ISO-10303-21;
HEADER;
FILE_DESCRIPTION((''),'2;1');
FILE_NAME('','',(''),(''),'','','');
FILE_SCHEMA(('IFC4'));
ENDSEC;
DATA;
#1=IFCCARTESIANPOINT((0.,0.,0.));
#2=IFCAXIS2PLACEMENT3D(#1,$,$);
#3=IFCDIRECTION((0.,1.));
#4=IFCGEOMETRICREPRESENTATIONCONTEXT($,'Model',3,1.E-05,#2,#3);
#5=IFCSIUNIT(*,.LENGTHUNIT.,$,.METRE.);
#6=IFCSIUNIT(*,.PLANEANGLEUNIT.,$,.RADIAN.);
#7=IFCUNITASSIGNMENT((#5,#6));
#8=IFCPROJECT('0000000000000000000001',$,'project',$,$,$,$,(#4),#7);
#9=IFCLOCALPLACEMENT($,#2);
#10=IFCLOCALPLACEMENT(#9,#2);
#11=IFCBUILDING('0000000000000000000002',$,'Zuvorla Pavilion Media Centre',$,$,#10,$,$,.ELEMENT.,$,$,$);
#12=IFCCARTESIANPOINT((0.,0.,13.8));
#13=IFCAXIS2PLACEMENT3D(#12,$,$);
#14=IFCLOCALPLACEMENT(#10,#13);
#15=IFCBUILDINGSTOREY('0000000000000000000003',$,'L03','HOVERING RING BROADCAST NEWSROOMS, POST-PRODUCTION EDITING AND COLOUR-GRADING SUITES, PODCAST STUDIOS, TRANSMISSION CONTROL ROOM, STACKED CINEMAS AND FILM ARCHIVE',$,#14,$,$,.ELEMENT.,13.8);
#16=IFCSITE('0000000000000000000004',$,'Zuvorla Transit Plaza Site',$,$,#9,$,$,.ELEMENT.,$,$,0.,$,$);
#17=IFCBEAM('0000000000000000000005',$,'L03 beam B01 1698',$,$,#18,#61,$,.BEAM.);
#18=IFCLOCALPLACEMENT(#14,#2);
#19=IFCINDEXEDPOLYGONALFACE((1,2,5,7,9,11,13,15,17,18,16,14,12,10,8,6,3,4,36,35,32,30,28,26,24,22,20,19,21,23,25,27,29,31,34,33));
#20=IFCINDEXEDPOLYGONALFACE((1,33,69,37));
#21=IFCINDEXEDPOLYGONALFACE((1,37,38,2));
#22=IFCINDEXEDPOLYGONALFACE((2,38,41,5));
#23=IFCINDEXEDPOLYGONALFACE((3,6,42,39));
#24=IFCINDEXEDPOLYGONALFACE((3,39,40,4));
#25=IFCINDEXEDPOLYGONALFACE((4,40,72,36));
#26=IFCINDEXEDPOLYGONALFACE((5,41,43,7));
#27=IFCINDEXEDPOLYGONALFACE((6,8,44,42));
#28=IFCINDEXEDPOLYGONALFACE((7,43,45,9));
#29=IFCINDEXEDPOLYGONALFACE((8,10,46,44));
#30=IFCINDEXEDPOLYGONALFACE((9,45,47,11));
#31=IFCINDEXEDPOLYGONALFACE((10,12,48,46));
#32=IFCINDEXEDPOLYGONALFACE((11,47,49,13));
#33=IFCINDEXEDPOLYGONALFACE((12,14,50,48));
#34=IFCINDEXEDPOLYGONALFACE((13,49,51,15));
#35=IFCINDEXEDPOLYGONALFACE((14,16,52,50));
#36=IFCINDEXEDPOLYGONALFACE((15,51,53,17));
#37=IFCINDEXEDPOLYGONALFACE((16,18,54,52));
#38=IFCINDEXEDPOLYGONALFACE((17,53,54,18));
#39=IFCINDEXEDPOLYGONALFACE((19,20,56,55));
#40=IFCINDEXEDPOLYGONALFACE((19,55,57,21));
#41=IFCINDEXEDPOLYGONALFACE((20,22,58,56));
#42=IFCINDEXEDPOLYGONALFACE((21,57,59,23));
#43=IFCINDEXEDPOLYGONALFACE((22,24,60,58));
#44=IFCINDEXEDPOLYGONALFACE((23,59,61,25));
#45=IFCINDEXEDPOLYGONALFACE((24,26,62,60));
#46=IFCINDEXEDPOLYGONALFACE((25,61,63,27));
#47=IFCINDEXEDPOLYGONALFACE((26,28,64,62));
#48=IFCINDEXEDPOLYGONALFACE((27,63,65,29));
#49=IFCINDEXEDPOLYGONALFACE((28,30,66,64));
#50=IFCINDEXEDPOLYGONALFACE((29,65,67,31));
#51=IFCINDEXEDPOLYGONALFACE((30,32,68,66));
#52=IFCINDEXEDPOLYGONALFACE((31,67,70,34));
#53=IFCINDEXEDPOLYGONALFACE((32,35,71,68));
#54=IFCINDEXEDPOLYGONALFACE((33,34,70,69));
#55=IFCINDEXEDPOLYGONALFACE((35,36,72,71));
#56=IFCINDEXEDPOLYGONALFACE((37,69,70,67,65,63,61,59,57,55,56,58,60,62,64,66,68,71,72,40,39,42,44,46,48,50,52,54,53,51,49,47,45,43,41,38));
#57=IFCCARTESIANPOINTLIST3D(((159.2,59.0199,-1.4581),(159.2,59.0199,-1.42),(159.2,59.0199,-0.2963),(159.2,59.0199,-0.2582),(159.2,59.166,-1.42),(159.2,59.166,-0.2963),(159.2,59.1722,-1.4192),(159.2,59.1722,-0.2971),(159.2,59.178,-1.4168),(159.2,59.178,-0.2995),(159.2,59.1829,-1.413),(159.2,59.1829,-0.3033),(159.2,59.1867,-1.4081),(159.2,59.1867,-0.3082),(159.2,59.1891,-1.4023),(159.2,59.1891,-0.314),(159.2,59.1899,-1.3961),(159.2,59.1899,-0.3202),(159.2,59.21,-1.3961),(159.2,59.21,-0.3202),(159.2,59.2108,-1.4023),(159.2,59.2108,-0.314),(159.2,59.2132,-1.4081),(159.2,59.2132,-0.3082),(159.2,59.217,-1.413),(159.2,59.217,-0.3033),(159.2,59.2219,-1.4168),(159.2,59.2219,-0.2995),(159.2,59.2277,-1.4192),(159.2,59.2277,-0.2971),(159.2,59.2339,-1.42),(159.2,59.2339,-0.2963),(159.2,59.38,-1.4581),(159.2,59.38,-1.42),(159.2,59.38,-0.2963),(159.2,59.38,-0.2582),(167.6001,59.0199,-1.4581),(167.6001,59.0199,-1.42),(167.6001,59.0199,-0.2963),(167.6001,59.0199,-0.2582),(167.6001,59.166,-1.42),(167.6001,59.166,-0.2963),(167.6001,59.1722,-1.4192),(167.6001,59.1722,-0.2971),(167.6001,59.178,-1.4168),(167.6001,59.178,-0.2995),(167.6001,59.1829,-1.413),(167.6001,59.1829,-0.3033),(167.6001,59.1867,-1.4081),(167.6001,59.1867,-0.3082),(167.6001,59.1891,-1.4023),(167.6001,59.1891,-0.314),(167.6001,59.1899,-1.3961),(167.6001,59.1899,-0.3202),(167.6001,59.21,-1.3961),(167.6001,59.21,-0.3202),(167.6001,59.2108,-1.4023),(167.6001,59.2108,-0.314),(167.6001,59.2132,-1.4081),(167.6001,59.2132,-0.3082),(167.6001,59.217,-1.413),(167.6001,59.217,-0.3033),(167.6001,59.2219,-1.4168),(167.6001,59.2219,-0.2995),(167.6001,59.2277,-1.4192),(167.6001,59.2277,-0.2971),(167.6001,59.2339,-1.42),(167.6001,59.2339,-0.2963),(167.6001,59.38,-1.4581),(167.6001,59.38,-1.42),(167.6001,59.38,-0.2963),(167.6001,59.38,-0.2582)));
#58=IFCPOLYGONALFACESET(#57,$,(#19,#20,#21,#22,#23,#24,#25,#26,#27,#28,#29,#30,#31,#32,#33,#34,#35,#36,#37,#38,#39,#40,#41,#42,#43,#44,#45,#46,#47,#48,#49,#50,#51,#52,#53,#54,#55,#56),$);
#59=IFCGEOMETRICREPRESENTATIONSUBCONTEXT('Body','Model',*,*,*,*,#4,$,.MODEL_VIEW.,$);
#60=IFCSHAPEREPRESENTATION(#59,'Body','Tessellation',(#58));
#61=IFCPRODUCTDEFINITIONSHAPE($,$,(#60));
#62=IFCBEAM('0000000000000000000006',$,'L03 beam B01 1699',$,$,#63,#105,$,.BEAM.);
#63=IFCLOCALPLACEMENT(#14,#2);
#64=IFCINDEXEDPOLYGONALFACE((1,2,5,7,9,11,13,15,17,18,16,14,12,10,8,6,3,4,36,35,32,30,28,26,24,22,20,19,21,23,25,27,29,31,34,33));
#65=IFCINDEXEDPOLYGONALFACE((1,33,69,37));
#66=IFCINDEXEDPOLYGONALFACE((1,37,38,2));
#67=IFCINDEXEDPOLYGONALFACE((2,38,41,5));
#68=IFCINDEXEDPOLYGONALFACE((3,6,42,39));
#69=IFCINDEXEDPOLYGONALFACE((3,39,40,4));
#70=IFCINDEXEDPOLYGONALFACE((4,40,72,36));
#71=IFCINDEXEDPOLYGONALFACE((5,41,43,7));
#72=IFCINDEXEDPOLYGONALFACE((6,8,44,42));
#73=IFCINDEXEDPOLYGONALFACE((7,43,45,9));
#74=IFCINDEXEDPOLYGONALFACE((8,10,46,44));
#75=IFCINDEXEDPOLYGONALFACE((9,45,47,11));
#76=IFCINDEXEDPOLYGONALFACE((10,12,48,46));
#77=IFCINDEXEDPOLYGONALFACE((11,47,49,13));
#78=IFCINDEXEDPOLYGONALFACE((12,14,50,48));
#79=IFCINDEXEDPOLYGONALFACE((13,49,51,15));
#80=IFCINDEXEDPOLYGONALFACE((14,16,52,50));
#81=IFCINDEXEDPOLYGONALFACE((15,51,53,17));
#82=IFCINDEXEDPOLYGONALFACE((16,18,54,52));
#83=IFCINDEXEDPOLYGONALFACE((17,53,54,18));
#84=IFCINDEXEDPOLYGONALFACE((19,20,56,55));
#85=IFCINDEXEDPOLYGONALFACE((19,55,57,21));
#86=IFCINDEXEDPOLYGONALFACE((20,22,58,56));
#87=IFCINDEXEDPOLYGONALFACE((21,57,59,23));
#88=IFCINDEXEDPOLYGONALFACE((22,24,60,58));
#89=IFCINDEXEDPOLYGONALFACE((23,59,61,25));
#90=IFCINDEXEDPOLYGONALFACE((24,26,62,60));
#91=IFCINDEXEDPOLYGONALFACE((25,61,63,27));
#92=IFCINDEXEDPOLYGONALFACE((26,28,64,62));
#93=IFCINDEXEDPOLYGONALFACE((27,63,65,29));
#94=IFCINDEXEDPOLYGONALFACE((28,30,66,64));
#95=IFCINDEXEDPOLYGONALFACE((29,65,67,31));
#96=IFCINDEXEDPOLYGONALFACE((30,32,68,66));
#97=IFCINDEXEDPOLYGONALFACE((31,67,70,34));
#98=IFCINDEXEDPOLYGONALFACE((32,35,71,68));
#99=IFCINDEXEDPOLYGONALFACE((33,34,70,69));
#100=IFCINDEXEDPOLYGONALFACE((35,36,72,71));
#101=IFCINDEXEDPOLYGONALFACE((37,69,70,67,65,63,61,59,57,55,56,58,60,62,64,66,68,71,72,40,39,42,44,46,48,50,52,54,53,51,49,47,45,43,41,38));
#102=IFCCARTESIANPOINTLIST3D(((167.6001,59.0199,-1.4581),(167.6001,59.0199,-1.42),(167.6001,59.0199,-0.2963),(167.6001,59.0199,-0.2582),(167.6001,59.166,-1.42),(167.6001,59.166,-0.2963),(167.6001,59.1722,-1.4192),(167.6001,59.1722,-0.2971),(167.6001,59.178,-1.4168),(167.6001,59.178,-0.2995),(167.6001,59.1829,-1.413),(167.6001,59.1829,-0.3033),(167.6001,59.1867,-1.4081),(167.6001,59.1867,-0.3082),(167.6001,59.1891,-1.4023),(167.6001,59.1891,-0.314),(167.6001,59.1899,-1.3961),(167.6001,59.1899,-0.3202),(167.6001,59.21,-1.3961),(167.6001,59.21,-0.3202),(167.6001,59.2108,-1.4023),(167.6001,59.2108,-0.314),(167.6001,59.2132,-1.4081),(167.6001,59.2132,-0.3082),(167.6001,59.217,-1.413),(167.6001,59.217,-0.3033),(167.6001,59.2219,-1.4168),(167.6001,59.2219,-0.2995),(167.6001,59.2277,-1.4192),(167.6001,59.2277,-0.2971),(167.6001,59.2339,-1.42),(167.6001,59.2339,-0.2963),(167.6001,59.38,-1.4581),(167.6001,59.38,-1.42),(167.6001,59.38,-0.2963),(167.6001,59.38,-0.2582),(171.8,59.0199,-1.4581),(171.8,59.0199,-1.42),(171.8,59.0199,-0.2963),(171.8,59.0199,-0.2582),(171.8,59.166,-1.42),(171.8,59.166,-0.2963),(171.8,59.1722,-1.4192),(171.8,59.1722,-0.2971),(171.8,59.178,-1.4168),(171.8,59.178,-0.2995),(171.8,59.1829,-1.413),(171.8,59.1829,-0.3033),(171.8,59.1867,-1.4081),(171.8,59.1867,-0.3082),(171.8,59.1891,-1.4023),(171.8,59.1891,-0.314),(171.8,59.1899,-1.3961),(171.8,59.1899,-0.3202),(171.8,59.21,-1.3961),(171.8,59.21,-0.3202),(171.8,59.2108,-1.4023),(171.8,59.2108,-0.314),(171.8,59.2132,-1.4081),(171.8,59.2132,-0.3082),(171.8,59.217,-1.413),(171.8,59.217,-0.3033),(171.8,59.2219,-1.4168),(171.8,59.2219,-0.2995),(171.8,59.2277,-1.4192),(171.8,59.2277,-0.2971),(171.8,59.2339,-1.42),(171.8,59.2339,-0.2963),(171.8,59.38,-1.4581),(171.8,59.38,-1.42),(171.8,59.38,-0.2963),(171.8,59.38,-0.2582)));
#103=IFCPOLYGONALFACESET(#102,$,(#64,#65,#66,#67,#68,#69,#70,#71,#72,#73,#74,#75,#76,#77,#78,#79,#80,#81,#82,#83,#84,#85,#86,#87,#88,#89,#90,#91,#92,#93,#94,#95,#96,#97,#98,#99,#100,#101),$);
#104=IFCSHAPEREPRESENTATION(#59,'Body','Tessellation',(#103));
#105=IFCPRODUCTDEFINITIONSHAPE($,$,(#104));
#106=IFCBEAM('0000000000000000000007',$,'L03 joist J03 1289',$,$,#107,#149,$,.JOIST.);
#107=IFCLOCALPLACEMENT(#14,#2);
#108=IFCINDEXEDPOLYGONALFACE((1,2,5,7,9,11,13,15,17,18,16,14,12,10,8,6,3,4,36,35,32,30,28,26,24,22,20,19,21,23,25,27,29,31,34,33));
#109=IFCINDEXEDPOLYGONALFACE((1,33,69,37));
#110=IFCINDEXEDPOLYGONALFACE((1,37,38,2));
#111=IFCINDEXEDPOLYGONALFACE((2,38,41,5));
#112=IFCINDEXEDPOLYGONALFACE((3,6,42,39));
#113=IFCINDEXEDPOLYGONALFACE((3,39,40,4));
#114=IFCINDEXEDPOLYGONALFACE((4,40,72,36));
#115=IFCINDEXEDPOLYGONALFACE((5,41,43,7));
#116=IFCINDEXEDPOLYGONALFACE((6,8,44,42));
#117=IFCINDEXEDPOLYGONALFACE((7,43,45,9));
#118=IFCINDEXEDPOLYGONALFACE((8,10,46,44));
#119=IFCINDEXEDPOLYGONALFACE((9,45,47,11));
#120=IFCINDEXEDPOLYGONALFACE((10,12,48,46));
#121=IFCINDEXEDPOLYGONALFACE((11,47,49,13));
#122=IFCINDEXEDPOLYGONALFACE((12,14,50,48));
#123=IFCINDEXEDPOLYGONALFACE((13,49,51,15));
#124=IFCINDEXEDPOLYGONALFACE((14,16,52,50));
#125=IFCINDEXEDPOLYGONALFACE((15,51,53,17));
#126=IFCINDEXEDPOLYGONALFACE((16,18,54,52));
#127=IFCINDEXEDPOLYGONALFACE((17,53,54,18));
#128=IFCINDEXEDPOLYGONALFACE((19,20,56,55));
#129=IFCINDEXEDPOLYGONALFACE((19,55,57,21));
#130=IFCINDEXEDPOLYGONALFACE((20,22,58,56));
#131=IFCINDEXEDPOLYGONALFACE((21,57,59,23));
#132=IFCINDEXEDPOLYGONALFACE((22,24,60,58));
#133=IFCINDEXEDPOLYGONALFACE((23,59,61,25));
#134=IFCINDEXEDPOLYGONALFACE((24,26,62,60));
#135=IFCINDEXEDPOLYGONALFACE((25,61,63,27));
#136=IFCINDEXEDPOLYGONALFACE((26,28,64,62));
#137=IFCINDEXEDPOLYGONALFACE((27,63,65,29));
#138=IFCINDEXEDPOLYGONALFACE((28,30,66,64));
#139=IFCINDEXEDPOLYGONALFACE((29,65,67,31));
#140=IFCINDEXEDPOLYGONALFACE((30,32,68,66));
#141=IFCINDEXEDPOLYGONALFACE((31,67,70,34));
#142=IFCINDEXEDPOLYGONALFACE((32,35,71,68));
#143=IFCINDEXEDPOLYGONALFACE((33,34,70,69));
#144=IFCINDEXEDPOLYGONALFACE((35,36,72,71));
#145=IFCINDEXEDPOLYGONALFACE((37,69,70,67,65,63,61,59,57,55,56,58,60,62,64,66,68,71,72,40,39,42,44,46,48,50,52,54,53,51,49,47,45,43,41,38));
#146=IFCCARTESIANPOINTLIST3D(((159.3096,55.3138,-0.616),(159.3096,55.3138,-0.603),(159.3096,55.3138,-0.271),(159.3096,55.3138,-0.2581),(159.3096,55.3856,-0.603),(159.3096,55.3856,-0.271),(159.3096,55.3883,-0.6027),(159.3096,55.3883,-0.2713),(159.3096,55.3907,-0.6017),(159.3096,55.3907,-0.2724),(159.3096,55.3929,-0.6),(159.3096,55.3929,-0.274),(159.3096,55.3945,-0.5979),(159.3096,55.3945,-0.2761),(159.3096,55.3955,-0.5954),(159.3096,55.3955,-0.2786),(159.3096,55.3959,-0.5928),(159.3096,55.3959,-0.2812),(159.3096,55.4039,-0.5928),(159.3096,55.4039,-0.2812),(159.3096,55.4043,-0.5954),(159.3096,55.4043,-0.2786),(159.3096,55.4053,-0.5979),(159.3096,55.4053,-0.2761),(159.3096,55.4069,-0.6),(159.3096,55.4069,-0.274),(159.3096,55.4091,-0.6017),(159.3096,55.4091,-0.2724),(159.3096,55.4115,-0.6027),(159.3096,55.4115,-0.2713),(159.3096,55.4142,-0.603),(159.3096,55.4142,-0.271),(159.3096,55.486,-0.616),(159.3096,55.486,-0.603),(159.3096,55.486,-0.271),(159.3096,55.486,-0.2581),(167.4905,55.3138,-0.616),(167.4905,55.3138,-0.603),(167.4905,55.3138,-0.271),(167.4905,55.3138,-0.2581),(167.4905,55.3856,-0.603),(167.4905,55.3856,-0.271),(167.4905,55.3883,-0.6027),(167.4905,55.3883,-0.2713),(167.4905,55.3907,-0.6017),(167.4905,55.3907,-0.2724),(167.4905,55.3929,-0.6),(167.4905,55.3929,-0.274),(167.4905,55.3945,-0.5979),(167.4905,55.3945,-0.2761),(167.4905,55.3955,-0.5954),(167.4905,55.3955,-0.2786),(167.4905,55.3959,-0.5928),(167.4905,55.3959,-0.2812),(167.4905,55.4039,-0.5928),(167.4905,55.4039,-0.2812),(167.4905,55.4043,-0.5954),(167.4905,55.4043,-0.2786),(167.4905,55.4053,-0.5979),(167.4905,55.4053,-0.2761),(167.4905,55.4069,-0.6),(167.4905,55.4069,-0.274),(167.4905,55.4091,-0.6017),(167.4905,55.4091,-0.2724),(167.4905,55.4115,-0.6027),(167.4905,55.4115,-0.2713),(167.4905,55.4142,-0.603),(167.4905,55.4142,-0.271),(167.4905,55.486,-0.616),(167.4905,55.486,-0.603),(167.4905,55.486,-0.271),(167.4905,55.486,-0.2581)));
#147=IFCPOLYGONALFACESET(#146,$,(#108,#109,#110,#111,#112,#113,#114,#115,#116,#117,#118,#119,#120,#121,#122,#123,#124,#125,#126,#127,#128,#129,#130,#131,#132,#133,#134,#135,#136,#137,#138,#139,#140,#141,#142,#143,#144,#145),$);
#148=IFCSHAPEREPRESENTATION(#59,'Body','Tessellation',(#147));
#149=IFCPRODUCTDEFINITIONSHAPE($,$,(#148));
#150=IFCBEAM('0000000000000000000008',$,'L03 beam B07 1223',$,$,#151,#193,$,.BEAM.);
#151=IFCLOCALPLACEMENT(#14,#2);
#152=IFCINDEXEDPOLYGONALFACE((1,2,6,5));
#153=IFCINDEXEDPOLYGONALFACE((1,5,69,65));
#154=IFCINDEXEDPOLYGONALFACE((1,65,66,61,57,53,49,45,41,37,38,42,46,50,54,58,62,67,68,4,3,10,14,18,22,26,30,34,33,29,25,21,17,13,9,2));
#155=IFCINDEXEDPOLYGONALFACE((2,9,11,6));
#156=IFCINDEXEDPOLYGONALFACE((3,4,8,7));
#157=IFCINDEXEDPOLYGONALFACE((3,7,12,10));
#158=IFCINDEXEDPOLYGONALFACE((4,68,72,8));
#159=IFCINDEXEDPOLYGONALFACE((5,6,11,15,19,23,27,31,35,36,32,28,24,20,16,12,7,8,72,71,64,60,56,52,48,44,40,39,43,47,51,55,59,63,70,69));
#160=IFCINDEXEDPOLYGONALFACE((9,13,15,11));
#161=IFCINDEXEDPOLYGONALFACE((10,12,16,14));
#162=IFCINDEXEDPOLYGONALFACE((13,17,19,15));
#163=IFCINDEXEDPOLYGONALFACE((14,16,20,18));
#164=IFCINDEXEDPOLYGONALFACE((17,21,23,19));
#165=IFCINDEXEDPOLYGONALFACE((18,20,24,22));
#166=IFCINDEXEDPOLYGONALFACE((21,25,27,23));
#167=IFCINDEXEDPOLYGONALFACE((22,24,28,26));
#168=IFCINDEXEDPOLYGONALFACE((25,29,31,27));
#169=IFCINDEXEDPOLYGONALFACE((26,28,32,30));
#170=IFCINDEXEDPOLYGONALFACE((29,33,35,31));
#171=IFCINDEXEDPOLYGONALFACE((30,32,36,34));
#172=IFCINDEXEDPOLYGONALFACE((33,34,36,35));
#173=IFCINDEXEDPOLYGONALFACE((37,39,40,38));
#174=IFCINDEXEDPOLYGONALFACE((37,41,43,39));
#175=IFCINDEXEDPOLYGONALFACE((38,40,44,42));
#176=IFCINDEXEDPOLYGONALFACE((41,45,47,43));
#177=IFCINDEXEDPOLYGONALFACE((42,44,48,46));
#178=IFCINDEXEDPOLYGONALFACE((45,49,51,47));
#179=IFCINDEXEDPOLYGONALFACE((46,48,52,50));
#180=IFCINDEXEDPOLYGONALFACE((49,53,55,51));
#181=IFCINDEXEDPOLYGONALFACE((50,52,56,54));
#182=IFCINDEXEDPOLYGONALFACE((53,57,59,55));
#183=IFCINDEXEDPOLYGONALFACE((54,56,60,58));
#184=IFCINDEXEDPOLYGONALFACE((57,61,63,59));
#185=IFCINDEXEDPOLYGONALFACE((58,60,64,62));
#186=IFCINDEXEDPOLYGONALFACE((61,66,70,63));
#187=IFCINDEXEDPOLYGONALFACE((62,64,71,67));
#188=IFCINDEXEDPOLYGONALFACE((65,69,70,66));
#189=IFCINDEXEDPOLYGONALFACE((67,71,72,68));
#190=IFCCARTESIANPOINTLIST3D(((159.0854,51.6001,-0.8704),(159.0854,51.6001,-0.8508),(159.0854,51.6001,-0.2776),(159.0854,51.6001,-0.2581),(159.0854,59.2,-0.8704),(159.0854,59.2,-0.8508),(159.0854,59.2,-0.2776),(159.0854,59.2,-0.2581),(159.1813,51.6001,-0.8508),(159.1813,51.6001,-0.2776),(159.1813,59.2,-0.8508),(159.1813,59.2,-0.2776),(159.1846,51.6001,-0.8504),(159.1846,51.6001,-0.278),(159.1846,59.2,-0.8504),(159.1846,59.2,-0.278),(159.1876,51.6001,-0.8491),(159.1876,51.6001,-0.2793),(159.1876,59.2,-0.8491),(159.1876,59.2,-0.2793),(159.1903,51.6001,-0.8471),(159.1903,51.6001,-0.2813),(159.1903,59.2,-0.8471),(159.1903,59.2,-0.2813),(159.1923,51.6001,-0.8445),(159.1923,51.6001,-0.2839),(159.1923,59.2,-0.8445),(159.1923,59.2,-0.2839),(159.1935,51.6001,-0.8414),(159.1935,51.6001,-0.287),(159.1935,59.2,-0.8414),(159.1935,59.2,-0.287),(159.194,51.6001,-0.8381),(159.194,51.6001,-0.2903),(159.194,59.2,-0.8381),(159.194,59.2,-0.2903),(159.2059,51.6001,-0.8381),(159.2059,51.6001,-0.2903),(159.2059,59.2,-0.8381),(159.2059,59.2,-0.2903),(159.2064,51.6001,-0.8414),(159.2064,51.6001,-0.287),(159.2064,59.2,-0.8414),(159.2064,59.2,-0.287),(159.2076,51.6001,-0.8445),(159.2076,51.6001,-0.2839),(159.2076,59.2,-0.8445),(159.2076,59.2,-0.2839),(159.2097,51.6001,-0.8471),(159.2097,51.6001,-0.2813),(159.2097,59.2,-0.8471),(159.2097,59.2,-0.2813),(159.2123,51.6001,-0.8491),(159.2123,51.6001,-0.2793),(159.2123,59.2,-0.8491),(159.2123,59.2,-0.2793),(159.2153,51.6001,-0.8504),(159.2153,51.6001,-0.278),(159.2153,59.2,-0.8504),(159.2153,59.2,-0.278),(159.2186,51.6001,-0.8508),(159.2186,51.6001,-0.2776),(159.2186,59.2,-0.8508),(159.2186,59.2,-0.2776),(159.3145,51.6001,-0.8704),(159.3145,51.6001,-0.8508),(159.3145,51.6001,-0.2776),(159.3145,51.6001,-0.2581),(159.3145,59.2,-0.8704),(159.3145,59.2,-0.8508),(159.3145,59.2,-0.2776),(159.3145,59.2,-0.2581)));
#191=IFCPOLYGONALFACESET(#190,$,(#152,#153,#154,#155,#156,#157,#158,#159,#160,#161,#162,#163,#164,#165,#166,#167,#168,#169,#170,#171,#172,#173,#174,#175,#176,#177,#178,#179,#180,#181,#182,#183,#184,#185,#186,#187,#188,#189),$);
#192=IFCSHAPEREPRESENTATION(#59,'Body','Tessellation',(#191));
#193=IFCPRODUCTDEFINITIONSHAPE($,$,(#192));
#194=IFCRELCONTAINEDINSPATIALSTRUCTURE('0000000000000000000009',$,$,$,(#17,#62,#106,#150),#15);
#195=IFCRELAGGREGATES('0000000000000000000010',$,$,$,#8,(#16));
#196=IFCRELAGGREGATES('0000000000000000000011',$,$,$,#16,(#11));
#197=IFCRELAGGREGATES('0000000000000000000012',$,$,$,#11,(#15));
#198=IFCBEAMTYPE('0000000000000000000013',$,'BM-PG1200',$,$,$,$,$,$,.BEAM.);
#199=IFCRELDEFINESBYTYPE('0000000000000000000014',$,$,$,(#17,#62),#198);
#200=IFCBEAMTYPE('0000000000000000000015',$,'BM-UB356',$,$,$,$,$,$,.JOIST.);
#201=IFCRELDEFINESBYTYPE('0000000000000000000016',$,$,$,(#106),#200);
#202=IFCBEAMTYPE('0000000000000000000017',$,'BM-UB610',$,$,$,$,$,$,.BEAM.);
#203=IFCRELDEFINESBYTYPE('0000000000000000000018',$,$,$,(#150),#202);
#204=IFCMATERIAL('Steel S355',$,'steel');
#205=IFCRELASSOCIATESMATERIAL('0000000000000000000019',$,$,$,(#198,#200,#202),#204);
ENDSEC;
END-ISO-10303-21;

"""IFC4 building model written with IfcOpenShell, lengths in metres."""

from ifc_helpers import new_model, si_unit, direction, frame, origin, origin_2d, place, context, subcontext, project, spatial, i_section, extrude, material, material_profile, profile_set, type_object, element, save


model = new_model("IFC4")

# Units and contexts
model_context = context("Model", 3, precision=1e-05, world=origin(), true_north=direction((0.0, 1.0)))
body_context = subcontext(model_context, "Body", "Model", "MODEL_VIEW")
ifc_project = project(units=[si_unit("LENGTHUNIT", "METRE"), si_unit("PLANEANGLEUNIT", "RADIAN")], contexts=[model_context])

# Site, building, storey
site_placement = place(None, origin())
site = spatial("IfcSite", under=ifc_project, at=site_placement, Name="Zuvorla Transit Plaza Site", CompositionType="ELEMENT", RefElevation=0.0)
building_placement = place(site_placement, origin())
building = spatial("IfcBuilding", under=site, at=building_placement, Name="Zuvorla Pavilion Media Centre", CompositionType="ELEMENT")
storey_placement = place(building_placement, frame((0.0, 0.0, 13.8)))
storey = spatial("IfcBuildingStorey", under=building, at=storey_placement, Name="L03", Description="HOVERING RING BROADCAST NEWSROOMS, POST-PRODUCTION EDITING AND COLOUR-GRADING SUITES, PODCAST STUDIOS, TRANSMISSION CONTROL ROOM, STACKED CINEMAS AND FILM ARCHIVE", CompositionType="ELEMENT", Elevation=13.8)

# Shared definitions
ifc_material_1 = material(Name="Steel S355", Category="steel")

# Beams
ifc_material_profile_1 = material_profile(ifc_material_1, i_section(OverallWidth=0.3601, OverallDepth=1.2, WebThickness=0.02, FlangeThickness=0.0381, FilletRadius=0.0239, at=origin_2d()), Name="PG 1200x360x38")
ifc_profile_set_1 = profile_set([ifc_material_profile_1], Name="Steel S355")
beam_type_1 = type_object("IfcBeamType", Name="BM-PG1200", PredefinedType="BEAM", material=ifc_profile_set_1)
beam_1_placement = place(storey_placement, frame((159.2, 59.2, -0.8582), z_axis=(1.0, 0.0, 0.0), x_axis=(0.0, 1.0, 0.0)))
element("IfcBeam", 1, at=beam_1_placement, inside=storey, type_object=beam_type_1, Name="L03 beam B01 1698", PredefinedType="BEAM", context=body_context, shape_type="SweptSolid", body=[
    extrude(i_section(OverallWidth=0.3601, OverallDepth=1.2, WebThickness=0.02, FlangeThickness=0.0381, FilletRadius=0.0239, at=origin_2d()), origin(), (0.0, 0.0, 1.0), 8.4001),
])
beam_2_placement = place(storey_placement, frame((167.6001, 59.2, -0.8582), z_axis=(1.0, 0.0, 0.0), x_axis=(0.0, 1.0, 0.0)))
element("IfcBeam", 2, at=beam_2_placement, inside=storey, type_object=beam_type_1, Name="L03 beam B01 1699", PredefinedType="BEAM", context=body_context, shape_type="SweptSolid", body=[
    extrude(i_section(OverallWidth=0.3601, OverallDepth=1.2, WebThickness=0.02, FlangeThickness=0.0381, FilletRadius=0.0239, at=origin_2d()), origin(), (0.0, 0.0, 1.0), 4.2),
])
ifc_material_profile_2 = material_profile(ifc_material_1, i_section(OverallWidth=0.1721, OverallDepth=0.3579, WebThickness=0.0081, FlangeThickness=0.0129, FilletRadius=0.0103, at=origin_2d()), Name="UB 356x171x57")
ifc_profile_set_2 = profile_set([ifc_material_profile_2], Name="Steel S355")
beam_type_2 = type_object("IfcBeamType", Name="BM-UB356", PredefinedType="JOIST", material=ifc_profile_set_2)
beam_3_placement = place(storey_placement, frame((159.3096, 55.3999, -0.437), z_axis=(1.0, 0.0, 0.0), x_axis=(0.0, 1.0, 0.0)))
element("IfcBeam", 3, at=beam_3_placement, inside=storey, type_object=beam_type_2, Name="L03 joist J03 1289", PredefinedType="JOIST", context=body_context, shape_type="SweptSolid", body=[
    extrude(i_section(OverallWidth=0.1721, OverallDepth=0.3579, WebThickness=0.0081, FlangeThickness=0.0129, FilletRadius=0.0103, at=origin_2d()), origin(), (0.0, 0.0, 1.0), 8.1809),
])
ifc_material_profile_3 = material_profile(ifc_material_1, i_section(OverallWidth=0.229, OverallDepth=0.6123, WebThickness=0.012, FlangeThickness=0.0195, FilletRadius=0.0127, at=origin_2d()), Name="UB 610x229x125")
ifc_profile_set_3 = profile_set([ifc_material_profile_3], Name="Steel S355")
beam_type_3 = type_object("IfcBeamType", Name="BM-UB610", PredefinedType="BEAM", material=ifc_profile_set_3)
beam_4_placement = place(storey_placement, frame((159.2, 51.6001, -0.5642), z_axis=(0.0, 1.0, 0.0), x_axis=(-1.0, 0.0, 0.0)))
element("IfcBeam", 4, at=beam_4_placement, inside=storey, type_object=beam_type_3, Name="L03 beam B07 1223", PredefinedType="BEAM", context=body_context, shape_type="SweptSolid", body=[
    extrude(i_section(OverallWidth=0.229, OverallDepth=0.6123, WebThickness=0.012, FlangeThickness=0.0195, FilletRadius=0.0127, at=origin_2d()), origin(), (0.0, 0.0, 1.0), 7.5999),
])

save(model, "model.ifc")
